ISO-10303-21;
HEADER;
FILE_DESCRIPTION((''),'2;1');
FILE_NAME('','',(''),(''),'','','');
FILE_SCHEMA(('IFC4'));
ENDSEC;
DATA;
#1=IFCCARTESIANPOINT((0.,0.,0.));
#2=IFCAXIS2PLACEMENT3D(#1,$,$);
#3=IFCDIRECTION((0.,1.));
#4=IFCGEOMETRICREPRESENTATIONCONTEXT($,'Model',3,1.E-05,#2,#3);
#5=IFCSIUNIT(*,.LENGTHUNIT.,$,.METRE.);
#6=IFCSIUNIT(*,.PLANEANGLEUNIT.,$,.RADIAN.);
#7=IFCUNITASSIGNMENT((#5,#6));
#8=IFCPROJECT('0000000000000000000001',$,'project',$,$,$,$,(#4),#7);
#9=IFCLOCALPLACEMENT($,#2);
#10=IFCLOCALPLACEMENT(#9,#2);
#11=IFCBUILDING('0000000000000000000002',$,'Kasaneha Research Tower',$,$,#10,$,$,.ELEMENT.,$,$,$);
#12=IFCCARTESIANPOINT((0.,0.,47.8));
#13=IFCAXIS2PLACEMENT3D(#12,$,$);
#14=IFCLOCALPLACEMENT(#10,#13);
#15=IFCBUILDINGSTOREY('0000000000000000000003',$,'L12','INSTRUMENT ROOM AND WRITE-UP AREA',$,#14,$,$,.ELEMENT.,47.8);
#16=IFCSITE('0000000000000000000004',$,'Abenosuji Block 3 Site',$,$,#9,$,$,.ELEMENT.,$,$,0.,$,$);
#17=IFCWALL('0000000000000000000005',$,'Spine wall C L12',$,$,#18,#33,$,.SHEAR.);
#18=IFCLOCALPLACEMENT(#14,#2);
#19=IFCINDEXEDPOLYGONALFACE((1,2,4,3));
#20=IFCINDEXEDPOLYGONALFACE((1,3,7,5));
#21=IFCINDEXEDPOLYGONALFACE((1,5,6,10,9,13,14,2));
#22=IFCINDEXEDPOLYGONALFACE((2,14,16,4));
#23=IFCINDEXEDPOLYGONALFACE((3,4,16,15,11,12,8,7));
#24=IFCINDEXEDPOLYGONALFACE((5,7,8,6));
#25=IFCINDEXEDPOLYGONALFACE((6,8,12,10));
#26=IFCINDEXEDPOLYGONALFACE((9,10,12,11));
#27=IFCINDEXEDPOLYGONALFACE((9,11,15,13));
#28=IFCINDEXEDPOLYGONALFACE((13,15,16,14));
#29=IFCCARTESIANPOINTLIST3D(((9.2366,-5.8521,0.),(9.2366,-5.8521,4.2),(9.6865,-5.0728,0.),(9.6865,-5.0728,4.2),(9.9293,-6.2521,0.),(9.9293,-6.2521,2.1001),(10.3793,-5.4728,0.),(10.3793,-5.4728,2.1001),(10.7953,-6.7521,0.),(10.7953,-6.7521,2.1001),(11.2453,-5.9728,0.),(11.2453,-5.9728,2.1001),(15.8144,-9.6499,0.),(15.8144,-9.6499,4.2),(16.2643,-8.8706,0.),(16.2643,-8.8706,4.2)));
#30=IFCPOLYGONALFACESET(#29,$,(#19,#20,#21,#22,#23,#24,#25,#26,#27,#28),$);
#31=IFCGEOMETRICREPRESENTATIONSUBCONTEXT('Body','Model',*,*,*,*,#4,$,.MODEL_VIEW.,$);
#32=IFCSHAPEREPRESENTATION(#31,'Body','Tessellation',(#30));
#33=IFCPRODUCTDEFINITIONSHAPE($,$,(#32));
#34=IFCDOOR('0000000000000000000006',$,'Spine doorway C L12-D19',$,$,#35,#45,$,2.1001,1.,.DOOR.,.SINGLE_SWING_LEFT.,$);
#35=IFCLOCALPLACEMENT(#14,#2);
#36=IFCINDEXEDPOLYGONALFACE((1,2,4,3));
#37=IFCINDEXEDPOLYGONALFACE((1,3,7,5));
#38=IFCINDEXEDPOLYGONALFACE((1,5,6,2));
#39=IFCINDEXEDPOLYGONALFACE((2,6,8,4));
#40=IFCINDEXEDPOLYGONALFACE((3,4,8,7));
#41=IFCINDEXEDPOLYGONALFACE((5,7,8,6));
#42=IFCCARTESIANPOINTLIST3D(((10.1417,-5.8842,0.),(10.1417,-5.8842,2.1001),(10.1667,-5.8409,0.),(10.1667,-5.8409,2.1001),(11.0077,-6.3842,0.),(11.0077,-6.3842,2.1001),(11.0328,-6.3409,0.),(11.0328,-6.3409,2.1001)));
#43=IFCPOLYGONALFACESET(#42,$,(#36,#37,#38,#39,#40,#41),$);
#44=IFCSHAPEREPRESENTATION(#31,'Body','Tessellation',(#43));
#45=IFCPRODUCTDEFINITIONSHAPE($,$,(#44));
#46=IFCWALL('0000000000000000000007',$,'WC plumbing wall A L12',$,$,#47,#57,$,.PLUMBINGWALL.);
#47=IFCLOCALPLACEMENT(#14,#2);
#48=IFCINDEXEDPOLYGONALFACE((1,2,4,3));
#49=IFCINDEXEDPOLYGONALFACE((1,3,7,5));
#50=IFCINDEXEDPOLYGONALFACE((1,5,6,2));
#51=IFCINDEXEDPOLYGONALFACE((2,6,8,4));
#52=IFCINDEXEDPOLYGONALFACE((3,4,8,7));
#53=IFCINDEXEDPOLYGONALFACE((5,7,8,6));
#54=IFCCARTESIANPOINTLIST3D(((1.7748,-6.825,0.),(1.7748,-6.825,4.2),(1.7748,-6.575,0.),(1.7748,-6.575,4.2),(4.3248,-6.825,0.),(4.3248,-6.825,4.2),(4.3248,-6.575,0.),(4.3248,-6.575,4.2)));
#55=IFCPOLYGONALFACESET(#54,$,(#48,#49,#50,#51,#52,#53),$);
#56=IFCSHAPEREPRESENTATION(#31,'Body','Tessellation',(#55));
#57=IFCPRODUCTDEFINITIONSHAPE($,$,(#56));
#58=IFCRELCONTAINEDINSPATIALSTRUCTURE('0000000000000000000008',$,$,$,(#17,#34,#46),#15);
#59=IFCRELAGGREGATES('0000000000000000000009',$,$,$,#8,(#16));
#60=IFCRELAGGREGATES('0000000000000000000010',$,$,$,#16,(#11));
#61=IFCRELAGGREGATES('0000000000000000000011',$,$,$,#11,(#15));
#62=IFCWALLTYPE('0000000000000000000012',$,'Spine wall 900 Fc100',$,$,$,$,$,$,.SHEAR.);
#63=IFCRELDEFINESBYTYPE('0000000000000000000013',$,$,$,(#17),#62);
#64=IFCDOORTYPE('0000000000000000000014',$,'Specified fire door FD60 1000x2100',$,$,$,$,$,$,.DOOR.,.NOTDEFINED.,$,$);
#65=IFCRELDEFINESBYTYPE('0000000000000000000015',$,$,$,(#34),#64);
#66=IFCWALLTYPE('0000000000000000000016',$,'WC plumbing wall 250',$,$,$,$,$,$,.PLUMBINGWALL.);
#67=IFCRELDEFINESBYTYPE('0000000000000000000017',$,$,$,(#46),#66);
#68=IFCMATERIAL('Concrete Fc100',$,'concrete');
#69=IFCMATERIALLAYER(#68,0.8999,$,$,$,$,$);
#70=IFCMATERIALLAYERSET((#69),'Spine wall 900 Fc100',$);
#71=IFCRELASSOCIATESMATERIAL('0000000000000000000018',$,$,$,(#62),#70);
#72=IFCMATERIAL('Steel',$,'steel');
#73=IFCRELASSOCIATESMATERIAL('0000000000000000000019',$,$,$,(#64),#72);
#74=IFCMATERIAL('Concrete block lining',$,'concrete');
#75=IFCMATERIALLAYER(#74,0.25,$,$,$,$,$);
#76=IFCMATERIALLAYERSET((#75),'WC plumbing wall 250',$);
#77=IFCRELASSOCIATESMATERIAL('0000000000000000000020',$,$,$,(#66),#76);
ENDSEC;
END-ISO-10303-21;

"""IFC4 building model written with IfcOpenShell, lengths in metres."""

from ifc_helpers import new_model, si_unit, direction, frame, frame_2d, origin, place, context, subcontext, project, spatial, rectangle, extrude, material, layer, layer_set, type_object, element, fill, save


model = new_model("IFC4")

# Units and contexts
model_context = context("Model", 3, precision=1e-05, world=origin(), true_north=direction((0.0, 1.0)))
body_context = subcontext(model_context, "Body", "Model", "MODEL_VIEW")
ifc_project = project(units=[si_unit("LENGTHUNIT", "METRE"), si_unit("PLANEANGLEUNIT", "RADIAN")], contexts=[model_context])

# Site, building, storey
site_placement = place(None, origin())
site = spatial("IfcSite", under=ifc_project, at=site_placement, Name="Abenosuji Block 3 Site", CompositionType="ELEMENT", RefElevation=0.0)
building_placement = place(site_placement, origin())
building = spatial("IfcBuilding", under=site, at=building_placement, Name="Kasaneha Research Tower", CompositionType="ELEMENT")
storey_placement = place(building_placement, frame((0.0, 0.0, 47.8)))
storey = spatial("IfcBuildingStorey", under=building, at=storey_placement, Name="L12", Description="INSTRUMENT ROOM AND WRITE-UP AREA", CompositionType="ELEMENT", Elevation=47.8)

# Wall, opening, door
ifc_material_1 = material(Name="Concrete Fc100", Category="concrete")
ifc_layer_1 = layer(ifc_material_1, 0.8999)
ifc_layer_set_1 = layer_set([ifc_layer_1], Name="Spine wall 900 Fc100")
wall_type_1 = type_object("IfcWallType", Name="Spine wall 900 Fc100", PredefinedType="SHEAR", material=ifc_layer_set_1)
wall_1_placement = place(storey_placement, frame((9.4614, -5.4624, 0.0), z_axis=(0.0, 0.0, 1.0), x_axis=(0.866019, -0.500011, 0.0)))
wall_1 = element("IfcWall", 1, at=wall_1_placement, inside=storey, type_object=wall_type_1, Name="Spine wall C L12", PredefinedType="SHEAR", context=body_context, shape_type="SweptSolid", body=[
    extrude(rectangle(XDim=7.5955, YDim=0.8999, at=frame_2d((3.7979, 0.0))), origin(), (0.0, 0.0, 1.0), 4.2),
])
opening_1_placement = place(wall_1_placement, frame((0.8, 0.0, 0.0)))
opening_1 = element("IfcOpeningElement", 2, at=opening_1_placement, cuts=wall_1, PredefinedType="OPENING", context=body_context, shape_type="SweptSolid", body=[
    extrude(rectangle(XDim=1.0, YDim=2.1001, at=frame_2d((0.5, 1.05))), frame((0.0, 0.46, 0.0), z_axis=(0.0, -1.0, 0.0), x_axis=(1.0, 0.0, 0.0)), (0.0, 0.0, 1.0), 0.9199),
])
ifc_material_2 = material(Name="Steel", Category="steel")
door_type_1 = type_object("IfcDoorType", Name="Specified fire door FD60 1000x2100", OperationType="NOTDEFINED", PredefinedType="DOOR", material=ifc_material_2)
door_1_placement = place(opening_1_placement, origin())
door_1 = element("IfcDoor", 3, at=door_1_placement, inside=storey, type_object=door_type_1, Name="Spine doorway C L12-D19", OperationType="SINGLE_SWING_LEFT", OverallHeight=2.1001, OverallWidth=1.0, PredefinedType="DOOR", context=body_context, shape_type="SweptSolid", body=[
    extrude(rectangle(XDim=1.0, YDim=2.1001, at=frame_2d((0.5, 1.05))), frame((0.0, 0.0249, 0.0), z_axis=(0.0, -1.0, 0.0), x_axis=(1.0, 0.0, 0.0)), (0.0, 0.0, 1.0), 0.05),
])
fill(opening_1, door_1)

# Wall
ifc_material_3 = material(Name="Concrete block lining", Category="concrete")
ifc_layer_2 = layer(ifc_material_3, 0.25)
ifc_layer_set_2 = layer_set([ifc_layer_2], Name="WC plumbing wall 250")
wall_type_2 = type_object("IfcWallType", Name="WC plumbing wall 250", PredefinedType="PLUMBINGWALL", material=ifc_layer_set_2)
wall_2_placement = place(storey_placement, frame((1.7749, -6.7, 0.0), z_axis=(0.0, 0.0, 1.0), x_axis=(1.0, 0.0, 0.0)))
element("IfcWall", 4, at=wall_2_placement, inside=storey, type_object=wall_type_2, Name="WC plumbing wall A L12", PredefinedType="PLUMBINGWALL", context=body_context, shape_type="SweptSolid", body=[
    extrude(rectangle(XDim=2.55, YDim=0.25, at=frame_2d((1.2749, 0.0))), origin(), (0.0, 0.0, 1.0), 4.2),
])

save(model, "model.ifc")
